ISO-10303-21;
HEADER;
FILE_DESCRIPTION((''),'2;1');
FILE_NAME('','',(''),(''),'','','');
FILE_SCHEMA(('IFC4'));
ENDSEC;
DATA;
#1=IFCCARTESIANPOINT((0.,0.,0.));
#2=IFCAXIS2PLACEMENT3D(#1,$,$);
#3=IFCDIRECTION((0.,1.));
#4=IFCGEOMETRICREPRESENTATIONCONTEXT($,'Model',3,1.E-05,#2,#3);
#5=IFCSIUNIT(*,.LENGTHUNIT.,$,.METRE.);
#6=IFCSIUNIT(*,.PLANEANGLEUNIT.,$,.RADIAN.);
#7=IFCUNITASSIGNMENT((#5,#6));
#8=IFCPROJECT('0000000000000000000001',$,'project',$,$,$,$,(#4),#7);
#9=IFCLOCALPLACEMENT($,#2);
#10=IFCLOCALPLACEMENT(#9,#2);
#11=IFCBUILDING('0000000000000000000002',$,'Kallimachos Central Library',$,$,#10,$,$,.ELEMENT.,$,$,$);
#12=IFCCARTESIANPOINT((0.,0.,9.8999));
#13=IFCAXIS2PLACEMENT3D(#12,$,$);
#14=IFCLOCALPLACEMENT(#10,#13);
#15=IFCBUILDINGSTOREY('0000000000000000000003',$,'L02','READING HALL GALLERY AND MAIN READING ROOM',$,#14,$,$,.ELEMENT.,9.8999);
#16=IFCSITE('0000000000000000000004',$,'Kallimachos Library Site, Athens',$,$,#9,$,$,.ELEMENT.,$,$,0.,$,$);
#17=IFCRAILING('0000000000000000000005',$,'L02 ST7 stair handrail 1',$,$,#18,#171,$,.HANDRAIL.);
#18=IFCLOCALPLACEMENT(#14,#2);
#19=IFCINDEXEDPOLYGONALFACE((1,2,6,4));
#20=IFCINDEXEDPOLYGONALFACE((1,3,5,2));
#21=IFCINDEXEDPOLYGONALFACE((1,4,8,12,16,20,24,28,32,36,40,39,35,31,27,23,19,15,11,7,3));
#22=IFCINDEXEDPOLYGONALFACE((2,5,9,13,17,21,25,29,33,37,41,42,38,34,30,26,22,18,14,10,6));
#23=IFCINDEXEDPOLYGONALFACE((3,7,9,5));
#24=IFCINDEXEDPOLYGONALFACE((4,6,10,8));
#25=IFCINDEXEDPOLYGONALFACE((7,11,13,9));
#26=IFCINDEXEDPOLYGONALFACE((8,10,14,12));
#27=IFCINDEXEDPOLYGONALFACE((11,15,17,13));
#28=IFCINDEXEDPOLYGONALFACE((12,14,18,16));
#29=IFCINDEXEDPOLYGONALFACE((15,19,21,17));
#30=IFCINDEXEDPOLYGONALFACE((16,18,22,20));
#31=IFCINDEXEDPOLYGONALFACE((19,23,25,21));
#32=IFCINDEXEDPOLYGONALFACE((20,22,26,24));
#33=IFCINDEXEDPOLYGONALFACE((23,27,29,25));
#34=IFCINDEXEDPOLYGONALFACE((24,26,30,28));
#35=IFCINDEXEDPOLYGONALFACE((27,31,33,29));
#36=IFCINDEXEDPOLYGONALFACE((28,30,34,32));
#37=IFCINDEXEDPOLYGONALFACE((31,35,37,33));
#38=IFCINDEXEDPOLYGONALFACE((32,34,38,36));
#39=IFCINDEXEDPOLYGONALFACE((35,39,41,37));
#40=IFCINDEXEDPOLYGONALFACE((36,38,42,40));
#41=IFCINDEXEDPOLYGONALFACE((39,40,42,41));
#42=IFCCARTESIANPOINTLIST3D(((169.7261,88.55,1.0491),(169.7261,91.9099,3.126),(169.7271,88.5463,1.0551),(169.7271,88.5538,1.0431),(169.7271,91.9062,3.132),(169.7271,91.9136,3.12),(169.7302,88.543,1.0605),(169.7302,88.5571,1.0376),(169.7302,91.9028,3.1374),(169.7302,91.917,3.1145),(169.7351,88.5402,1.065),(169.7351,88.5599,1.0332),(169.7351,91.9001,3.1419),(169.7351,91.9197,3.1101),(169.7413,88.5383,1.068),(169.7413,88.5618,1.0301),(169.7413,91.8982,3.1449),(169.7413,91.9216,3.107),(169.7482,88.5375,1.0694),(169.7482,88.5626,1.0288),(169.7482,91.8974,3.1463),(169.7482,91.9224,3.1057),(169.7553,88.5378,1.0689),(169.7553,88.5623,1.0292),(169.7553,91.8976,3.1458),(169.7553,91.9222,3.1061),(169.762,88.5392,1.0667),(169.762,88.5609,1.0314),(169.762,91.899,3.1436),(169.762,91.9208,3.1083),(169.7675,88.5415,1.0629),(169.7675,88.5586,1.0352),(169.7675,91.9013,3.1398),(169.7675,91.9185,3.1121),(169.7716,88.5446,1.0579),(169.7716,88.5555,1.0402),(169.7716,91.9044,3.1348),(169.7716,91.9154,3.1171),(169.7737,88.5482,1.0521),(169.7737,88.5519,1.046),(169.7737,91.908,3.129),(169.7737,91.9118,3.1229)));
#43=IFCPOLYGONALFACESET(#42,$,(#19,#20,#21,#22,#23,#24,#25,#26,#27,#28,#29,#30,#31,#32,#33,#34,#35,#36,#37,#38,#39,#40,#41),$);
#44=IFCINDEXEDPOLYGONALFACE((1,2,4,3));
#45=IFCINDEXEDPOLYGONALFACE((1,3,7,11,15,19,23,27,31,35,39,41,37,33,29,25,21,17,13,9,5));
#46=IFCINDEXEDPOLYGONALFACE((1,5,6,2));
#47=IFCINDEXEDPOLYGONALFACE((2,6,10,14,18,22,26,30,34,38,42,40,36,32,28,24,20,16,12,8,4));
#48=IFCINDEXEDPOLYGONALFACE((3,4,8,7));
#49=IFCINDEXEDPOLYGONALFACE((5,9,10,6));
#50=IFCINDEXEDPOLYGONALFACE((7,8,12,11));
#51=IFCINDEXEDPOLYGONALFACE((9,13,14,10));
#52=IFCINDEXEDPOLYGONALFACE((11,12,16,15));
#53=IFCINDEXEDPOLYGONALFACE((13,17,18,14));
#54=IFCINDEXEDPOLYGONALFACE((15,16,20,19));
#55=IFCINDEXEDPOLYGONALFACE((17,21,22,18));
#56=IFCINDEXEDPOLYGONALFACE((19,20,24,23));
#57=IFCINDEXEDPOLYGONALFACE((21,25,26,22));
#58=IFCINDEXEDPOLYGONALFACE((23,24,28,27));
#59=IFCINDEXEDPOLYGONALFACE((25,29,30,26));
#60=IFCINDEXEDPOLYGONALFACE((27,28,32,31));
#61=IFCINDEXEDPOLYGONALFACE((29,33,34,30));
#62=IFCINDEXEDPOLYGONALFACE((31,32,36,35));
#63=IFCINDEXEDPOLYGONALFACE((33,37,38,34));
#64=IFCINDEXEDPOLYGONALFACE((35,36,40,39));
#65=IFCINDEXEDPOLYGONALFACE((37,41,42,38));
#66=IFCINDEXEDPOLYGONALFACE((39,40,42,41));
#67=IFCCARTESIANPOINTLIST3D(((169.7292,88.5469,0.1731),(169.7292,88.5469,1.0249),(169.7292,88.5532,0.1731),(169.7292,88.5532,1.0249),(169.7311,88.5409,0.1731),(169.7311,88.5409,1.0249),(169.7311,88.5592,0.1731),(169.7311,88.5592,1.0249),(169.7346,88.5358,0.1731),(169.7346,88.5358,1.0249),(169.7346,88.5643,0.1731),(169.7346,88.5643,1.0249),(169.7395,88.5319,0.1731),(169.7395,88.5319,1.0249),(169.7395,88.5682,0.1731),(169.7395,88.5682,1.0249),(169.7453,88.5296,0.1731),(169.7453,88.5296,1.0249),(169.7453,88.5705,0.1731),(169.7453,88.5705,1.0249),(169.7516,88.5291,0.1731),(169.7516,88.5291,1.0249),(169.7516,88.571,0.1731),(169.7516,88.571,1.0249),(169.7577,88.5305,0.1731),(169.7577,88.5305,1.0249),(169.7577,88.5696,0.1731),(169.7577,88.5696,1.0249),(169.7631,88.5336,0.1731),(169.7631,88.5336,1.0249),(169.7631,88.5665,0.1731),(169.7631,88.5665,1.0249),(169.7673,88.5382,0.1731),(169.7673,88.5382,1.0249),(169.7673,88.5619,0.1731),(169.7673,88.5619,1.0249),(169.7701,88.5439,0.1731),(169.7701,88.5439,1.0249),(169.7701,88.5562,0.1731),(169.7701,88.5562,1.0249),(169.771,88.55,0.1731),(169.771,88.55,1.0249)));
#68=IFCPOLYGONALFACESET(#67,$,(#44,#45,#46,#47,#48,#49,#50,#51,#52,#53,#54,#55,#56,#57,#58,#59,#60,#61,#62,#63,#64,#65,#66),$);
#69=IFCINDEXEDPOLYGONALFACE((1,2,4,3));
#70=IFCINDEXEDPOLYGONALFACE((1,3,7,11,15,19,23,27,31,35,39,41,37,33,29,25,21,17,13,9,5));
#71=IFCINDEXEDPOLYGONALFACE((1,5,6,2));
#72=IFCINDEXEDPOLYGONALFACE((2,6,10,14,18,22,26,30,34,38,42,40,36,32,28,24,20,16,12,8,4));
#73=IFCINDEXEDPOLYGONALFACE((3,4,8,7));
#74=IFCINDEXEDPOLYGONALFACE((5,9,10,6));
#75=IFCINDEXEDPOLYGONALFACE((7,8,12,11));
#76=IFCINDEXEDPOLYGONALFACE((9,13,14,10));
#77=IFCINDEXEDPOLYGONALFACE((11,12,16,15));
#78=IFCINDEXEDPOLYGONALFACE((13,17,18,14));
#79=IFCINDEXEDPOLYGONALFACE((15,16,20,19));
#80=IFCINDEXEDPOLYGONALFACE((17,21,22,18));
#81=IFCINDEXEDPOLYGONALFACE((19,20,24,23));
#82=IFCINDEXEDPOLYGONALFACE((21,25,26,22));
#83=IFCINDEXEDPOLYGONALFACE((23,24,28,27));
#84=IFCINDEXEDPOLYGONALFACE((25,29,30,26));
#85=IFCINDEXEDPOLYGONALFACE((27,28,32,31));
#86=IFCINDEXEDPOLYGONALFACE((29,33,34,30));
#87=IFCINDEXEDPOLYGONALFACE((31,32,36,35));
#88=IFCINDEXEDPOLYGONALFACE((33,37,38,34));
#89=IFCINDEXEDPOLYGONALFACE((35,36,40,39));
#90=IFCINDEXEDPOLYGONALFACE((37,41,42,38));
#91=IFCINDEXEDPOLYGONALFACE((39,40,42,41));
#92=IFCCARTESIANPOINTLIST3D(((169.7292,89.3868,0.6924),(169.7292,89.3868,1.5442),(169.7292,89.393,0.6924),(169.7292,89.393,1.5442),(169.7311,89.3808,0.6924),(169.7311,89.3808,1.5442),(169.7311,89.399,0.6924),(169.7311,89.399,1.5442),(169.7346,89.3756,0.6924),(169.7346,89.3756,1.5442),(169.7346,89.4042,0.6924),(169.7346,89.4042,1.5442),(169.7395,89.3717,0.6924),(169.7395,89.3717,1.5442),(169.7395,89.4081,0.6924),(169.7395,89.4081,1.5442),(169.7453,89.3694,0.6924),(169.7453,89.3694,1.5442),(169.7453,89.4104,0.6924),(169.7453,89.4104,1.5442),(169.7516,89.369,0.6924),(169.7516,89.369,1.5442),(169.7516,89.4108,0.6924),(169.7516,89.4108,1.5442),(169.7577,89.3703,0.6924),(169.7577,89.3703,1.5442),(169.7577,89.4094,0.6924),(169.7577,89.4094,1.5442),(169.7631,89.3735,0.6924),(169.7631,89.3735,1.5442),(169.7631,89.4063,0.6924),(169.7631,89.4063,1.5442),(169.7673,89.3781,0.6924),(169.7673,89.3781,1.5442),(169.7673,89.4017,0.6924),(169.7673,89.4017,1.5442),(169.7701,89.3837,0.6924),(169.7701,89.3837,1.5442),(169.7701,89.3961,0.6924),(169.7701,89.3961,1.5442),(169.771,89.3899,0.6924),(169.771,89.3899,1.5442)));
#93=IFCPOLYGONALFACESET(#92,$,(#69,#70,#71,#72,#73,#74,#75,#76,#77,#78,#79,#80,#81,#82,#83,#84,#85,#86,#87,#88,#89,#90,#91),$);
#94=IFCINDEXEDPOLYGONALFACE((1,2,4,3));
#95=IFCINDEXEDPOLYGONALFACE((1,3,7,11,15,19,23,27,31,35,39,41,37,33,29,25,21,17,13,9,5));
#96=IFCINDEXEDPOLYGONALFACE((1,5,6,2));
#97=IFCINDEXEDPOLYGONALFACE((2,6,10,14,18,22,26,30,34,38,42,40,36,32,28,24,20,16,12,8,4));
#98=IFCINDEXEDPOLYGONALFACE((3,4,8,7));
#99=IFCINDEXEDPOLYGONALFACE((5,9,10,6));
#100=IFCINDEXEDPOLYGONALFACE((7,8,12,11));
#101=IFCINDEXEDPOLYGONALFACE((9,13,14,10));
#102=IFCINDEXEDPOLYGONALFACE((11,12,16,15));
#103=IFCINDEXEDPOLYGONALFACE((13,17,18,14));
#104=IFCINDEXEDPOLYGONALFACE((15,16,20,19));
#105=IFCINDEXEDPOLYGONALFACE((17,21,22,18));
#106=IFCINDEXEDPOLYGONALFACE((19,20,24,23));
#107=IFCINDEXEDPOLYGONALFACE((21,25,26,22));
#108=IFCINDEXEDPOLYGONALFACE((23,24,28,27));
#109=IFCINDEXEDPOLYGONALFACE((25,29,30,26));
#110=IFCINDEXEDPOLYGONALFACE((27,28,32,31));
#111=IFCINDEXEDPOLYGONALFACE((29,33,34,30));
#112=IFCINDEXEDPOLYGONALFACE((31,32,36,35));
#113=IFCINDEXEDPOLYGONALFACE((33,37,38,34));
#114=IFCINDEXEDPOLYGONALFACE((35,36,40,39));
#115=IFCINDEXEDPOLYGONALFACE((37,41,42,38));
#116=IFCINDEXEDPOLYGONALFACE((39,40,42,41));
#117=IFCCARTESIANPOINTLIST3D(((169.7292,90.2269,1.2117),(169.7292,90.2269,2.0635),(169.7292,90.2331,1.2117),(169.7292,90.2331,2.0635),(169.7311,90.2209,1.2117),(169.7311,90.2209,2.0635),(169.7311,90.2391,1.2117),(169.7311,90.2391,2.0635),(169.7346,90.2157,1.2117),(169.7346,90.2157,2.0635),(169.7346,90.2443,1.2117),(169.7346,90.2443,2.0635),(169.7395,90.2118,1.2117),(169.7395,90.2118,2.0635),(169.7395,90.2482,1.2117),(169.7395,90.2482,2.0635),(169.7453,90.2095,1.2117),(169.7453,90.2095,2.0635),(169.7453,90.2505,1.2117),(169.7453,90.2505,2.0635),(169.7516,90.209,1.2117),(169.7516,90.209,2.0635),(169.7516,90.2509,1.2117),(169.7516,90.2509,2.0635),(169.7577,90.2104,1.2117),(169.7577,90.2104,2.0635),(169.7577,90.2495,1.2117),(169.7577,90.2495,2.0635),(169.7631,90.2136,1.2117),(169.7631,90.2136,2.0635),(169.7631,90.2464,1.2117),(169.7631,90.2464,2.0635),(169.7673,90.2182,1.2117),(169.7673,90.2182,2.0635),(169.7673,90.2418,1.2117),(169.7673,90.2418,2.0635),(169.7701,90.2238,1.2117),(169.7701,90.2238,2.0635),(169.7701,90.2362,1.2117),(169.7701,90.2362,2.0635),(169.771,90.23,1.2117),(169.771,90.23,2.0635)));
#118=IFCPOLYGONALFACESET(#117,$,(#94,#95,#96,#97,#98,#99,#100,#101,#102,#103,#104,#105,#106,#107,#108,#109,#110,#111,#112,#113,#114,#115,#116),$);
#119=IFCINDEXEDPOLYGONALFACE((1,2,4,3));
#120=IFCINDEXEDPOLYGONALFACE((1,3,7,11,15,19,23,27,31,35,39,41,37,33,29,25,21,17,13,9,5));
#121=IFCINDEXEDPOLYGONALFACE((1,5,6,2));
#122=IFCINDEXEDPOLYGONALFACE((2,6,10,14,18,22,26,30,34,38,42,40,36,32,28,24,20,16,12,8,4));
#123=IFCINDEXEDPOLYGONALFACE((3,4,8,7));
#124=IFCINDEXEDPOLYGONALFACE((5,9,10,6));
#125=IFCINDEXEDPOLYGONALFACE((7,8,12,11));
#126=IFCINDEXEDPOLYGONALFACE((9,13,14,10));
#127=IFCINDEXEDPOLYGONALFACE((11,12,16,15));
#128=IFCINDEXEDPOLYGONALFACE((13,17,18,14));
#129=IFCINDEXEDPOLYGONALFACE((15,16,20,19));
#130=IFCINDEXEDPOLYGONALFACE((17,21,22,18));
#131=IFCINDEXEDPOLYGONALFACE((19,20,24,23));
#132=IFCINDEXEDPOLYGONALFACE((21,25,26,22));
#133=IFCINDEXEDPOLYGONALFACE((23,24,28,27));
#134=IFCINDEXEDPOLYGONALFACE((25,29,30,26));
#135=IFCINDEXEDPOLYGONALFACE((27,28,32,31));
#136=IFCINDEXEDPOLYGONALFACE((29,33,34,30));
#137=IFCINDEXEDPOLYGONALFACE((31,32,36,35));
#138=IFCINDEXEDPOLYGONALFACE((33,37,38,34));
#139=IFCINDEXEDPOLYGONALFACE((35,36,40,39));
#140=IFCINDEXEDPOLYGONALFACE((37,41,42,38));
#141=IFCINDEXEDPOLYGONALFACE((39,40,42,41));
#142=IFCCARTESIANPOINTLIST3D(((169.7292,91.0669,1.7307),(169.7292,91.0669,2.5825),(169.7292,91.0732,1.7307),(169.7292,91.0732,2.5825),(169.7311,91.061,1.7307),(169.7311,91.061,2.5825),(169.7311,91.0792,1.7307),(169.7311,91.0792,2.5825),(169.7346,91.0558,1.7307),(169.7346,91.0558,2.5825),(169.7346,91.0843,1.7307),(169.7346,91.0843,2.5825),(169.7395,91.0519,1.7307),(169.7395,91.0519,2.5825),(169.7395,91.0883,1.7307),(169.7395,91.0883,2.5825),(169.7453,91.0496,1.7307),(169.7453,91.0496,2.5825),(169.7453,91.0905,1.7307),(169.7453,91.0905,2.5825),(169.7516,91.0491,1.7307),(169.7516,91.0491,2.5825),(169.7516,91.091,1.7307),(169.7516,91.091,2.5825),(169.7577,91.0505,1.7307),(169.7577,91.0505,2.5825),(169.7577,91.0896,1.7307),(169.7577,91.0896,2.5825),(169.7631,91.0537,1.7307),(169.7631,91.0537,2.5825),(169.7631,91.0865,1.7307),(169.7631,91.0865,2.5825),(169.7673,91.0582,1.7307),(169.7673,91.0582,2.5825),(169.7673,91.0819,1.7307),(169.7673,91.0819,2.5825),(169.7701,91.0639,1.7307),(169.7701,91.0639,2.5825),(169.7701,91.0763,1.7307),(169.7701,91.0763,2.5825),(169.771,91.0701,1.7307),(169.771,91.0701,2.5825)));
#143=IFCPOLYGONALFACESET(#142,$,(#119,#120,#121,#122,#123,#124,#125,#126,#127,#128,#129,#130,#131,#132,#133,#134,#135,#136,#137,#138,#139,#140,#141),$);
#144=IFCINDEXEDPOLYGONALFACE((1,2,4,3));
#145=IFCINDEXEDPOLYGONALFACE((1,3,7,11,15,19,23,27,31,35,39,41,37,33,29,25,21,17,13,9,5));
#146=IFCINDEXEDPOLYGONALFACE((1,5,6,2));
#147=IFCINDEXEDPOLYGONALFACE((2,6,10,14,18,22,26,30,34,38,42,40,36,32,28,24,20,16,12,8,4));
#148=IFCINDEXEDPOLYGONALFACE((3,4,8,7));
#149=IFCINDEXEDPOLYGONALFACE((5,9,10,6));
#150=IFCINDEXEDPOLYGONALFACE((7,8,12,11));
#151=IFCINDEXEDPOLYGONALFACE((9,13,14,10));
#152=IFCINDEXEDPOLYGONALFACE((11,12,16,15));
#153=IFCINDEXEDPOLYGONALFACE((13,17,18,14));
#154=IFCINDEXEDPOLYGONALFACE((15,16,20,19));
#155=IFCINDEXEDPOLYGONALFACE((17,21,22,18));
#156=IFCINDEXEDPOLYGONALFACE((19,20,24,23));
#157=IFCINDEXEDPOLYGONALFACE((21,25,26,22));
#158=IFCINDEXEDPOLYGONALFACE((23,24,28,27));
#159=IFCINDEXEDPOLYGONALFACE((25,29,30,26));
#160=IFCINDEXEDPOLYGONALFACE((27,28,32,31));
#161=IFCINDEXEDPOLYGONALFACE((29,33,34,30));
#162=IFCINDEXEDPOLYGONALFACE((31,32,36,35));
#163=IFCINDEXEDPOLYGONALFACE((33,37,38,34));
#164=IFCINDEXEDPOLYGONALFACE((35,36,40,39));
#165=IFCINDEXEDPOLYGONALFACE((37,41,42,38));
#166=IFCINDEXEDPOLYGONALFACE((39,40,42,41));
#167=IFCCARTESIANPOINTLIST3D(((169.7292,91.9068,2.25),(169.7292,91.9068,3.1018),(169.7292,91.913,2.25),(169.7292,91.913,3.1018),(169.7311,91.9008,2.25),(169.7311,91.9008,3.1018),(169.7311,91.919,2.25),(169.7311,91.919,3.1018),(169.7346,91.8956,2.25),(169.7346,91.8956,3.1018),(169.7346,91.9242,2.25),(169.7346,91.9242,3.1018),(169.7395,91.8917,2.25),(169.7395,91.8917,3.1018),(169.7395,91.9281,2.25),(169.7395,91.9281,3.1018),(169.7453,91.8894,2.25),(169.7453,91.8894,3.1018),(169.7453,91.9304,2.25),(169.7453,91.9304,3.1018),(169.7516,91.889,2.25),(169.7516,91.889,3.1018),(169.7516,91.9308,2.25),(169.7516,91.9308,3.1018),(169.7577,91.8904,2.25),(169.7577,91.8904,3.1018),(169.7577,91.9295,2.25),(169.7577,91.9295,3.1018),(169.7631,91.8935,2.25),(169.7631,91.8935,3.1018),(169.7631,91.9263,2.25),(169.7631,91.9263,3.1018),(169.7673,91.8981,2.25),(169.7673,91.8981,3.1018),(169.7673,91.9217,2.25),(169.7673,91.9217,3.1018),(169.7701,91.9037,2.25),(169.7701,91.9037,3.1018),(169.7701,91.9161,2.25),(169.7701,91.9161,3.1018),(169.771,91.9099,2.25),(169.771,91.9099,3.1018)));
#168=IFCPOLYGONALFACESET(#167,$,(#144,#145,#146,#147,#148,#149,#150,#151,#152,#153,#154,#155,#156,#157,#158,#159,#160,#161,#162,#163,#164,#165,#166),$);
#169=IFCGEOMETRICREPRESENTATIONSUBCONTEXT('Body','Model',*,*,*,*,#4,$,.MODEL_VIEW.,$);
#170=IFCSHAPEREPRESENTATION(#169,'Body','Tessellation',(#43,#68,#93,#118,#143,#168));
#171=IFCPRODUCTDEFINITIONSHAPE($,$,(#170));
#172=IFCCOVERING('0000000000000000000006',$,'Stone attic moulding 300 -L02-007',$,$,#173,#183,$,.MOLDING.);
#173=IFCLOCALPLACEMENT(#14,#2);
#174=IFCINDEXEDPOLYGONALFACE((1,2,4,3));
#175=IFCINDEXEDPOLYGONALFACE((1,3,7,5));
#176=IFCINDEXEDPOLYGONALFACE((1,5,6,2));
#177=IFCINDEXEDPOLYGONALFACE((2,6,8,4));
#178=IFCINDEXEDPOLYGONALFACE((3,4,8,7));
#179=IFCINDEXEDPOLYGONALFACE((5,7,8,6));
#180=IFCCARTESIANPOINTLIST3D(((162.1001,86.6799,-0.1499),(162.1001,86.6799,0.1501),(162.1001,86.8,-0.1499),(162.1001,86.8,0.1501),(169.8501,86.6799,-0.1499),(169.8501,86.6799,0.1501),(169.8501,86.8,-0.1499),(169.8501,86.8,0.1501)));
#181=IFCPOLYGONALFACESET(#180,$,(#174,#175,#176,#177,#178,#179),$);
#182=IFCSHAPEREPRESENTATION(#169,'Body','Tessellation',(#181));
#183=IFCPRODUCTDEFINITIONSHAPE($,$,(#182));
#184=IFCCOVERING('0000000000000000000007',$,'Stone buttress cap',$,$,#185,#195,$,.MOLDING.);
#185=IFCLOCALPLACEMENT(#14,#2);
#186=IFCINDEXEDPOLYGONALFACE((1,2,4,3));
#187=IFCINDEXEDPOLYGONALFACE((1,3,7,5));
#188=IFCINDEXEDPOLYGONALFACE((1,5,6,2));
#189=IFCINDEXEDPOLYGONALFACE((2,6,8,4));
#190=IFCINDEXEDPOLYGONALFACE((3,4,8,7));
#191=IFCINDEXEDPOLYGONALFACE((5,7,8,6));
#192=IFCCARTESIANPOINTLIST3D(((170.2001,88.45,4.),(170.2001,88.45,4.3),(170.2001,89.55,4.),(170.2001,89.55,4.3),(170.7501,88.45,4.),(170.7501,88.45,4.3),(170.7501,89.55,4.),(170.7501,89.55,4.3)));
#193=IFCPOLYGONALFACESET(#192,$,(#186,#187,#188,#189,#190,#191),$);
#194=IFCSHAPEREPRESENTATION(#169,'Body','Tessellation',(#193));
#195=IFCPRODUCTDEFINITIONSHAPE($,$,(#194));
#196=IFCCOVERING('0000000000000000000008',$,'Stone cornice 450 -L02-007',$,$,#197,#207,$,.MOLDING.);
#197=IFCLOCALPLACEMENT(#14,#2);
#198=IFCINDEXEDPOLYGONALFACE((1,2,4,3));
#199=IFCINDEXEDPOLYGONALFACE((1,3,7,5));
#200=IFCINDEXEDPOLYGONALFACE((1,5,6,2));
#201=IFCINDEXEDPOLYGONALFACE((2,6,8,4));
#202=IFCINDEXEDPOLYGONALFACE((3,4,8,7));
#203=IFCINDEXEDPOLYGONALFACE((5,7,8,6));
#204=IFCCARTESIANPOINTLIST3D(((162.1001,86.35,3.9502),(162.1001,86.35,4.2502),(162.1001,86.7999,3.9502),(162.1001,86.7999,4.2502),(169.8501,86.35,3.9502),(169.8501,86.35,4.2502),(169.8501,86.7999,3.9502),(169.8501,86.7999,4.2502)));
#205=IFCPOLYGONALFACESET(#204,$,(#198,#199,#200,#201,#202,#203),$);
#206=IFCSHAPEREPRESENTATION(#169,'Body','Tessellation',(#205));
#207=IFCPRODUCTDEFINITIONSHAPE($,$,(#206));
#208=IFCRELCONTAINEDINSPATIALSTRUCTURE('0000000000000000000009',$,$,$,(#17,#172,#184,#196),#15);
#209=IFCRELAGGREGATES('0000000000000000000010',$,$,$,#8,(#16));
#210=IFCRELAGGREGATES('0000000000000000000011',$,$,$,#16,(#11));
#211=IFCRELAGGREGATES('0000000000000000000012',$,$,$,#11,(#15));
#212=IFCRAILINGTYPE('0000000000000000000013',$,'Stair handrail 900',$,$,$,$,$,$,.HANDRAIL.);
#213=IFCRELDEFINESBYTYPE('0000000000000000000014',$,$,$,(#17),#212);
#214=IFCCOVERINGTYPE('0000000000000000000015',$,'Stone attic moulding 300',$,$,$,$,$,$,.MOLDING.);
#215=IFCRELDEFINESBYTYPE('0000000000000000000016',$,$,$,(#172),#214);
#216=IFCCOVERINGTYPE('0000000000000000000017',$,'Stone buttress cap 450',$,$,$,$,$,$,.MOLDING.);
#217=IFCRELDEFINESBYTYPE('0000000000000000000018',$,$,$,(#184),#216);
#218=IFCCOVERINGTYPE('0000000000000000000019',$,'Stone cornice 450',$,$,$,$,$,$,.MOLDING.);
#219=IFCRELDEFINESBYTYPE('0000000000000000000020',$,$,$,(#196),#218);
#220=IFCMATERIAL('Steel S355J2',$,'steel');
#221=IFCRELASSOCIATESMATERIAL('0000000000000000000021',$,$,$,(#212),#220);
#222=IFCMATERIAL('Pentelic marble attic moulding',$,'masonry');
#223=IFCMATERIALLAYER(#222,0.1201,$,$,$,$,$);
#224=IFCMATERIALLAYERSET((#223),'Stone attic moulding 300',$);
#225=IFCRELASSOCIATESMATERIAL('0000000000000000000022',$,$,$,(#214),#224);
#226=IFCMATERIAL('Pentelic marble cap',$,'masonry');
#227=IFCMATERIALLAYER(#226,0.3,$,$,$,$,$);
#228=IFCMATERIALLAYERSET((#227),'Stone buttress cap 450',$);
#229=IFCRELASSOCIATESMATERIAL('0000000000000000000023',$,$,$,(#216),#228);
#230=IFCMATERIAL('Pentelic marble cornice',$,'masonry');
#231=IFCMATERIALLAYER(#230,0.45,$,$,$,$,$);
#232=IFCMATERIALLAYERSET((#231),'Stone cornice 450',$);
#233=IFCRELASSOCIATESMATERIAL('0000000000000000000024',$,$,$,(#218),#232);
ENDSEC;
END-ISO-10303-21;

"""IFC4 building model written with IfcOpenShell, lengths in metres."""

from ifc_helpers import new_model, si_unit, direction, frame, origin, origin_2d, place, context, subcontext, project, spatial, rectangle, circle, extrude, material, layer, layer_set, type_object, element, save


model = new_model("IFC4")

# Units and contexts
model_context = context("Model", 3, precision=1e-05, world=origin(), true_north=direction((0.0, 1.0)))
body_context = subcontext(model_context, "Body", "Model", "MODEL_VIEW")
ifc_project = project(units=[si_unit("LENGTHUNIT", "METRE"), si_unit("PLANEANGLEUNIT", "RADIAN")], contexts=[model_context])

# Site, building, storey
site_placement = place(None, origin())
site = spatial("IfcSite", under=ifc_project, at=site_placement, Name="Kallimachos Library Site, Athens", CompositionType="ELEMENT", RefElevation=0.0)
building_placement = place(site_placement, origin())
building = spatial("IfcBuilding", under=site, at=building_placement, Name="Kallimachos Central Library", CompositionType="ELEMENT")
storey_placement = place(building_placement, frame((0.0, 0.0, 9.8999)))
storey = spatial("IfcBuildingStorey", under=building, at=storey_placement, Name="L02", Description="READING HALL GALLERY AND MAIN READING ROOM", CompositionType="ELEMENT", Elevation=9.8999)

# Railing
ifc_material_1 = material(Name="Steel S355J2", Category="steel")
railing_type_1 = type_object("IfcRailingType", Name="Stair handrail 900", PredefinedType="HANDRAIL", material=ifc_material_1)
railing_1_placement = place(storey_placement, frame((169.75, 88.55, 0.1731)))
element("IfcRailing", 1, at=railing_1_placement, inside=storey, type_object=railing_type_1, Name="L02 ST7 stair handrail 1", PredefinedType="HANDRAIL", context=body_context, shape_type="SweptSolid", body=[
    extrude(circle(Radius=0.0239, at=origin_2d()), frame((0.0, 0.0, 0.876), z_axis=(0.0, 0.850606, 0.525803), x_axis=(-1.0, 0.0, 0.0)), (0.0, 0.0, 1.0), 3.95),
    extrude(circle(Radius=0.021, at=origin_2d()), origin(), (0.0, 0.0, 1.0), 0.8518),
    extrude(circle(Radius=0.021, at=origin_2d()), frame((0.0, 0.8398, 0.5193)), (0.0, 0.0, 1.0), 0.8518),
    extrude(circle(Radius=0.021, at=origin_2d()), frame((0.0, 1.6799, 1.0386)), (0.0, 0.0, 1.0), 0.8518),
    extrude(circle(Radius=0.021, at=origin_2d()), frame((0.0, 2.52, 1.5576)), (0.0, 0.0, 1.0), 0.8518),
    extrude(circle(Radius=0.021, at=origin_2d()), frame((0.0, 3.3599, 2.0769)), (0.0, 0.0, 1.0), 0.8518),
])

# Coverings
ifc_material_2 = material(Name="Pentelic marble attic moulding", Category="masonry")
ifc_layer_1 = layer(ifc_material_2, 0.1201)
ifc_layer_set_1 = layer_set([ifc_layer_1], Name="Stone attic moulding 300")
covering_type_1 = type_object("IfcCoveringType", Name="Stone attic moulding 300", PredefinedType="MOLDING", material=ifc_layer_set_1)
covering_1_placement = place(storey_placement, frame((165.9751, 86.74, -0.1499), z_axis=(0.0, 0.0, 1.0), x_axis=(1.0, 0.0, 0.0)))
element("IfcCovering", 2, at=covering_1_placement, inside=storey, type_object=covering_type_1, Name="Stone attic moulding 300 -L02-007", PredefinedType="MOLDING", context=body_context, shape_type="SweptSolid", body=[
    extrude(rectangle(XDim=7.75, YDim=0.1201, at=origin_2d()), origin(), (0.0, 0.0, 1.0), 0.3),
])
ifc_material_3 = material(Name="Pentelic marble cap", Category="masonry")
ifc_layer_2 = layer(ifc_material_3, 0.3)
ifc_layer_set_2 = layer_set([ifc_layer_2], Name="Stone buttress cap 450")
covering_type_2 = type_object("IfcCoveringType", Name="Stone buttress cap 450", PredefinedType="MOLDING", material=ifc_layer_set_2)
covering_2_placement = place(storey_placement, frame((170.4751, 89.0, 4.0), z_axis=(0.0, 0.0, 1.0), x_axis=(1.0, 0.0, 0.0)))
element("IfcCovering", 3, at=covering_2_placement, inside=storey, type_object=covering_type_2, Name="Stone buttress cap", PredefinedType="MOLDING", context=body_context, shape_type="SweptSolid", body=[
    extrude(rectangle(XDim=0.55, YDim=1.1001, at=origin_2d()), origin(), (0.0, 0.0, 1.0), 0.3),
])
ifc_material_4 = material(Name="Pentelic marble cornice", Category="masonry")
ifc_layer_3 = layer(ifc_material_4, 0.45)
ifc_layer_set_3 = layer_set([ifc_layer_3], Name="Stone cornice 450")
covering_type_3 = type_object("IfcCoveringType", Name="Stone cornice 450", PredefinedType="MOLDING", material=ifc_layer_set_3)
covering_3_placement = place(storey_placement, frame((165.9751, 86.575, 3.9502), z_axis=(0.0, 0.0, 1.0), x_axis=(1.0, 0.0, 0.0)))
element("IfcCovering", 4, at=covering_3_placement, inside=storey, type_object=covering_type_3, Name="Stone cornice 450 -L02-007", PredefinedType="MOLDING", context=body_context, shape_type="SweptSolid", body=[
    extrude(rectangle(XDim=7.75, YDim=0.45, at=origin_2d()), origin(), (0.0, 0.0, 1.0), 0.3),
])

save(model, "model.ifc")
